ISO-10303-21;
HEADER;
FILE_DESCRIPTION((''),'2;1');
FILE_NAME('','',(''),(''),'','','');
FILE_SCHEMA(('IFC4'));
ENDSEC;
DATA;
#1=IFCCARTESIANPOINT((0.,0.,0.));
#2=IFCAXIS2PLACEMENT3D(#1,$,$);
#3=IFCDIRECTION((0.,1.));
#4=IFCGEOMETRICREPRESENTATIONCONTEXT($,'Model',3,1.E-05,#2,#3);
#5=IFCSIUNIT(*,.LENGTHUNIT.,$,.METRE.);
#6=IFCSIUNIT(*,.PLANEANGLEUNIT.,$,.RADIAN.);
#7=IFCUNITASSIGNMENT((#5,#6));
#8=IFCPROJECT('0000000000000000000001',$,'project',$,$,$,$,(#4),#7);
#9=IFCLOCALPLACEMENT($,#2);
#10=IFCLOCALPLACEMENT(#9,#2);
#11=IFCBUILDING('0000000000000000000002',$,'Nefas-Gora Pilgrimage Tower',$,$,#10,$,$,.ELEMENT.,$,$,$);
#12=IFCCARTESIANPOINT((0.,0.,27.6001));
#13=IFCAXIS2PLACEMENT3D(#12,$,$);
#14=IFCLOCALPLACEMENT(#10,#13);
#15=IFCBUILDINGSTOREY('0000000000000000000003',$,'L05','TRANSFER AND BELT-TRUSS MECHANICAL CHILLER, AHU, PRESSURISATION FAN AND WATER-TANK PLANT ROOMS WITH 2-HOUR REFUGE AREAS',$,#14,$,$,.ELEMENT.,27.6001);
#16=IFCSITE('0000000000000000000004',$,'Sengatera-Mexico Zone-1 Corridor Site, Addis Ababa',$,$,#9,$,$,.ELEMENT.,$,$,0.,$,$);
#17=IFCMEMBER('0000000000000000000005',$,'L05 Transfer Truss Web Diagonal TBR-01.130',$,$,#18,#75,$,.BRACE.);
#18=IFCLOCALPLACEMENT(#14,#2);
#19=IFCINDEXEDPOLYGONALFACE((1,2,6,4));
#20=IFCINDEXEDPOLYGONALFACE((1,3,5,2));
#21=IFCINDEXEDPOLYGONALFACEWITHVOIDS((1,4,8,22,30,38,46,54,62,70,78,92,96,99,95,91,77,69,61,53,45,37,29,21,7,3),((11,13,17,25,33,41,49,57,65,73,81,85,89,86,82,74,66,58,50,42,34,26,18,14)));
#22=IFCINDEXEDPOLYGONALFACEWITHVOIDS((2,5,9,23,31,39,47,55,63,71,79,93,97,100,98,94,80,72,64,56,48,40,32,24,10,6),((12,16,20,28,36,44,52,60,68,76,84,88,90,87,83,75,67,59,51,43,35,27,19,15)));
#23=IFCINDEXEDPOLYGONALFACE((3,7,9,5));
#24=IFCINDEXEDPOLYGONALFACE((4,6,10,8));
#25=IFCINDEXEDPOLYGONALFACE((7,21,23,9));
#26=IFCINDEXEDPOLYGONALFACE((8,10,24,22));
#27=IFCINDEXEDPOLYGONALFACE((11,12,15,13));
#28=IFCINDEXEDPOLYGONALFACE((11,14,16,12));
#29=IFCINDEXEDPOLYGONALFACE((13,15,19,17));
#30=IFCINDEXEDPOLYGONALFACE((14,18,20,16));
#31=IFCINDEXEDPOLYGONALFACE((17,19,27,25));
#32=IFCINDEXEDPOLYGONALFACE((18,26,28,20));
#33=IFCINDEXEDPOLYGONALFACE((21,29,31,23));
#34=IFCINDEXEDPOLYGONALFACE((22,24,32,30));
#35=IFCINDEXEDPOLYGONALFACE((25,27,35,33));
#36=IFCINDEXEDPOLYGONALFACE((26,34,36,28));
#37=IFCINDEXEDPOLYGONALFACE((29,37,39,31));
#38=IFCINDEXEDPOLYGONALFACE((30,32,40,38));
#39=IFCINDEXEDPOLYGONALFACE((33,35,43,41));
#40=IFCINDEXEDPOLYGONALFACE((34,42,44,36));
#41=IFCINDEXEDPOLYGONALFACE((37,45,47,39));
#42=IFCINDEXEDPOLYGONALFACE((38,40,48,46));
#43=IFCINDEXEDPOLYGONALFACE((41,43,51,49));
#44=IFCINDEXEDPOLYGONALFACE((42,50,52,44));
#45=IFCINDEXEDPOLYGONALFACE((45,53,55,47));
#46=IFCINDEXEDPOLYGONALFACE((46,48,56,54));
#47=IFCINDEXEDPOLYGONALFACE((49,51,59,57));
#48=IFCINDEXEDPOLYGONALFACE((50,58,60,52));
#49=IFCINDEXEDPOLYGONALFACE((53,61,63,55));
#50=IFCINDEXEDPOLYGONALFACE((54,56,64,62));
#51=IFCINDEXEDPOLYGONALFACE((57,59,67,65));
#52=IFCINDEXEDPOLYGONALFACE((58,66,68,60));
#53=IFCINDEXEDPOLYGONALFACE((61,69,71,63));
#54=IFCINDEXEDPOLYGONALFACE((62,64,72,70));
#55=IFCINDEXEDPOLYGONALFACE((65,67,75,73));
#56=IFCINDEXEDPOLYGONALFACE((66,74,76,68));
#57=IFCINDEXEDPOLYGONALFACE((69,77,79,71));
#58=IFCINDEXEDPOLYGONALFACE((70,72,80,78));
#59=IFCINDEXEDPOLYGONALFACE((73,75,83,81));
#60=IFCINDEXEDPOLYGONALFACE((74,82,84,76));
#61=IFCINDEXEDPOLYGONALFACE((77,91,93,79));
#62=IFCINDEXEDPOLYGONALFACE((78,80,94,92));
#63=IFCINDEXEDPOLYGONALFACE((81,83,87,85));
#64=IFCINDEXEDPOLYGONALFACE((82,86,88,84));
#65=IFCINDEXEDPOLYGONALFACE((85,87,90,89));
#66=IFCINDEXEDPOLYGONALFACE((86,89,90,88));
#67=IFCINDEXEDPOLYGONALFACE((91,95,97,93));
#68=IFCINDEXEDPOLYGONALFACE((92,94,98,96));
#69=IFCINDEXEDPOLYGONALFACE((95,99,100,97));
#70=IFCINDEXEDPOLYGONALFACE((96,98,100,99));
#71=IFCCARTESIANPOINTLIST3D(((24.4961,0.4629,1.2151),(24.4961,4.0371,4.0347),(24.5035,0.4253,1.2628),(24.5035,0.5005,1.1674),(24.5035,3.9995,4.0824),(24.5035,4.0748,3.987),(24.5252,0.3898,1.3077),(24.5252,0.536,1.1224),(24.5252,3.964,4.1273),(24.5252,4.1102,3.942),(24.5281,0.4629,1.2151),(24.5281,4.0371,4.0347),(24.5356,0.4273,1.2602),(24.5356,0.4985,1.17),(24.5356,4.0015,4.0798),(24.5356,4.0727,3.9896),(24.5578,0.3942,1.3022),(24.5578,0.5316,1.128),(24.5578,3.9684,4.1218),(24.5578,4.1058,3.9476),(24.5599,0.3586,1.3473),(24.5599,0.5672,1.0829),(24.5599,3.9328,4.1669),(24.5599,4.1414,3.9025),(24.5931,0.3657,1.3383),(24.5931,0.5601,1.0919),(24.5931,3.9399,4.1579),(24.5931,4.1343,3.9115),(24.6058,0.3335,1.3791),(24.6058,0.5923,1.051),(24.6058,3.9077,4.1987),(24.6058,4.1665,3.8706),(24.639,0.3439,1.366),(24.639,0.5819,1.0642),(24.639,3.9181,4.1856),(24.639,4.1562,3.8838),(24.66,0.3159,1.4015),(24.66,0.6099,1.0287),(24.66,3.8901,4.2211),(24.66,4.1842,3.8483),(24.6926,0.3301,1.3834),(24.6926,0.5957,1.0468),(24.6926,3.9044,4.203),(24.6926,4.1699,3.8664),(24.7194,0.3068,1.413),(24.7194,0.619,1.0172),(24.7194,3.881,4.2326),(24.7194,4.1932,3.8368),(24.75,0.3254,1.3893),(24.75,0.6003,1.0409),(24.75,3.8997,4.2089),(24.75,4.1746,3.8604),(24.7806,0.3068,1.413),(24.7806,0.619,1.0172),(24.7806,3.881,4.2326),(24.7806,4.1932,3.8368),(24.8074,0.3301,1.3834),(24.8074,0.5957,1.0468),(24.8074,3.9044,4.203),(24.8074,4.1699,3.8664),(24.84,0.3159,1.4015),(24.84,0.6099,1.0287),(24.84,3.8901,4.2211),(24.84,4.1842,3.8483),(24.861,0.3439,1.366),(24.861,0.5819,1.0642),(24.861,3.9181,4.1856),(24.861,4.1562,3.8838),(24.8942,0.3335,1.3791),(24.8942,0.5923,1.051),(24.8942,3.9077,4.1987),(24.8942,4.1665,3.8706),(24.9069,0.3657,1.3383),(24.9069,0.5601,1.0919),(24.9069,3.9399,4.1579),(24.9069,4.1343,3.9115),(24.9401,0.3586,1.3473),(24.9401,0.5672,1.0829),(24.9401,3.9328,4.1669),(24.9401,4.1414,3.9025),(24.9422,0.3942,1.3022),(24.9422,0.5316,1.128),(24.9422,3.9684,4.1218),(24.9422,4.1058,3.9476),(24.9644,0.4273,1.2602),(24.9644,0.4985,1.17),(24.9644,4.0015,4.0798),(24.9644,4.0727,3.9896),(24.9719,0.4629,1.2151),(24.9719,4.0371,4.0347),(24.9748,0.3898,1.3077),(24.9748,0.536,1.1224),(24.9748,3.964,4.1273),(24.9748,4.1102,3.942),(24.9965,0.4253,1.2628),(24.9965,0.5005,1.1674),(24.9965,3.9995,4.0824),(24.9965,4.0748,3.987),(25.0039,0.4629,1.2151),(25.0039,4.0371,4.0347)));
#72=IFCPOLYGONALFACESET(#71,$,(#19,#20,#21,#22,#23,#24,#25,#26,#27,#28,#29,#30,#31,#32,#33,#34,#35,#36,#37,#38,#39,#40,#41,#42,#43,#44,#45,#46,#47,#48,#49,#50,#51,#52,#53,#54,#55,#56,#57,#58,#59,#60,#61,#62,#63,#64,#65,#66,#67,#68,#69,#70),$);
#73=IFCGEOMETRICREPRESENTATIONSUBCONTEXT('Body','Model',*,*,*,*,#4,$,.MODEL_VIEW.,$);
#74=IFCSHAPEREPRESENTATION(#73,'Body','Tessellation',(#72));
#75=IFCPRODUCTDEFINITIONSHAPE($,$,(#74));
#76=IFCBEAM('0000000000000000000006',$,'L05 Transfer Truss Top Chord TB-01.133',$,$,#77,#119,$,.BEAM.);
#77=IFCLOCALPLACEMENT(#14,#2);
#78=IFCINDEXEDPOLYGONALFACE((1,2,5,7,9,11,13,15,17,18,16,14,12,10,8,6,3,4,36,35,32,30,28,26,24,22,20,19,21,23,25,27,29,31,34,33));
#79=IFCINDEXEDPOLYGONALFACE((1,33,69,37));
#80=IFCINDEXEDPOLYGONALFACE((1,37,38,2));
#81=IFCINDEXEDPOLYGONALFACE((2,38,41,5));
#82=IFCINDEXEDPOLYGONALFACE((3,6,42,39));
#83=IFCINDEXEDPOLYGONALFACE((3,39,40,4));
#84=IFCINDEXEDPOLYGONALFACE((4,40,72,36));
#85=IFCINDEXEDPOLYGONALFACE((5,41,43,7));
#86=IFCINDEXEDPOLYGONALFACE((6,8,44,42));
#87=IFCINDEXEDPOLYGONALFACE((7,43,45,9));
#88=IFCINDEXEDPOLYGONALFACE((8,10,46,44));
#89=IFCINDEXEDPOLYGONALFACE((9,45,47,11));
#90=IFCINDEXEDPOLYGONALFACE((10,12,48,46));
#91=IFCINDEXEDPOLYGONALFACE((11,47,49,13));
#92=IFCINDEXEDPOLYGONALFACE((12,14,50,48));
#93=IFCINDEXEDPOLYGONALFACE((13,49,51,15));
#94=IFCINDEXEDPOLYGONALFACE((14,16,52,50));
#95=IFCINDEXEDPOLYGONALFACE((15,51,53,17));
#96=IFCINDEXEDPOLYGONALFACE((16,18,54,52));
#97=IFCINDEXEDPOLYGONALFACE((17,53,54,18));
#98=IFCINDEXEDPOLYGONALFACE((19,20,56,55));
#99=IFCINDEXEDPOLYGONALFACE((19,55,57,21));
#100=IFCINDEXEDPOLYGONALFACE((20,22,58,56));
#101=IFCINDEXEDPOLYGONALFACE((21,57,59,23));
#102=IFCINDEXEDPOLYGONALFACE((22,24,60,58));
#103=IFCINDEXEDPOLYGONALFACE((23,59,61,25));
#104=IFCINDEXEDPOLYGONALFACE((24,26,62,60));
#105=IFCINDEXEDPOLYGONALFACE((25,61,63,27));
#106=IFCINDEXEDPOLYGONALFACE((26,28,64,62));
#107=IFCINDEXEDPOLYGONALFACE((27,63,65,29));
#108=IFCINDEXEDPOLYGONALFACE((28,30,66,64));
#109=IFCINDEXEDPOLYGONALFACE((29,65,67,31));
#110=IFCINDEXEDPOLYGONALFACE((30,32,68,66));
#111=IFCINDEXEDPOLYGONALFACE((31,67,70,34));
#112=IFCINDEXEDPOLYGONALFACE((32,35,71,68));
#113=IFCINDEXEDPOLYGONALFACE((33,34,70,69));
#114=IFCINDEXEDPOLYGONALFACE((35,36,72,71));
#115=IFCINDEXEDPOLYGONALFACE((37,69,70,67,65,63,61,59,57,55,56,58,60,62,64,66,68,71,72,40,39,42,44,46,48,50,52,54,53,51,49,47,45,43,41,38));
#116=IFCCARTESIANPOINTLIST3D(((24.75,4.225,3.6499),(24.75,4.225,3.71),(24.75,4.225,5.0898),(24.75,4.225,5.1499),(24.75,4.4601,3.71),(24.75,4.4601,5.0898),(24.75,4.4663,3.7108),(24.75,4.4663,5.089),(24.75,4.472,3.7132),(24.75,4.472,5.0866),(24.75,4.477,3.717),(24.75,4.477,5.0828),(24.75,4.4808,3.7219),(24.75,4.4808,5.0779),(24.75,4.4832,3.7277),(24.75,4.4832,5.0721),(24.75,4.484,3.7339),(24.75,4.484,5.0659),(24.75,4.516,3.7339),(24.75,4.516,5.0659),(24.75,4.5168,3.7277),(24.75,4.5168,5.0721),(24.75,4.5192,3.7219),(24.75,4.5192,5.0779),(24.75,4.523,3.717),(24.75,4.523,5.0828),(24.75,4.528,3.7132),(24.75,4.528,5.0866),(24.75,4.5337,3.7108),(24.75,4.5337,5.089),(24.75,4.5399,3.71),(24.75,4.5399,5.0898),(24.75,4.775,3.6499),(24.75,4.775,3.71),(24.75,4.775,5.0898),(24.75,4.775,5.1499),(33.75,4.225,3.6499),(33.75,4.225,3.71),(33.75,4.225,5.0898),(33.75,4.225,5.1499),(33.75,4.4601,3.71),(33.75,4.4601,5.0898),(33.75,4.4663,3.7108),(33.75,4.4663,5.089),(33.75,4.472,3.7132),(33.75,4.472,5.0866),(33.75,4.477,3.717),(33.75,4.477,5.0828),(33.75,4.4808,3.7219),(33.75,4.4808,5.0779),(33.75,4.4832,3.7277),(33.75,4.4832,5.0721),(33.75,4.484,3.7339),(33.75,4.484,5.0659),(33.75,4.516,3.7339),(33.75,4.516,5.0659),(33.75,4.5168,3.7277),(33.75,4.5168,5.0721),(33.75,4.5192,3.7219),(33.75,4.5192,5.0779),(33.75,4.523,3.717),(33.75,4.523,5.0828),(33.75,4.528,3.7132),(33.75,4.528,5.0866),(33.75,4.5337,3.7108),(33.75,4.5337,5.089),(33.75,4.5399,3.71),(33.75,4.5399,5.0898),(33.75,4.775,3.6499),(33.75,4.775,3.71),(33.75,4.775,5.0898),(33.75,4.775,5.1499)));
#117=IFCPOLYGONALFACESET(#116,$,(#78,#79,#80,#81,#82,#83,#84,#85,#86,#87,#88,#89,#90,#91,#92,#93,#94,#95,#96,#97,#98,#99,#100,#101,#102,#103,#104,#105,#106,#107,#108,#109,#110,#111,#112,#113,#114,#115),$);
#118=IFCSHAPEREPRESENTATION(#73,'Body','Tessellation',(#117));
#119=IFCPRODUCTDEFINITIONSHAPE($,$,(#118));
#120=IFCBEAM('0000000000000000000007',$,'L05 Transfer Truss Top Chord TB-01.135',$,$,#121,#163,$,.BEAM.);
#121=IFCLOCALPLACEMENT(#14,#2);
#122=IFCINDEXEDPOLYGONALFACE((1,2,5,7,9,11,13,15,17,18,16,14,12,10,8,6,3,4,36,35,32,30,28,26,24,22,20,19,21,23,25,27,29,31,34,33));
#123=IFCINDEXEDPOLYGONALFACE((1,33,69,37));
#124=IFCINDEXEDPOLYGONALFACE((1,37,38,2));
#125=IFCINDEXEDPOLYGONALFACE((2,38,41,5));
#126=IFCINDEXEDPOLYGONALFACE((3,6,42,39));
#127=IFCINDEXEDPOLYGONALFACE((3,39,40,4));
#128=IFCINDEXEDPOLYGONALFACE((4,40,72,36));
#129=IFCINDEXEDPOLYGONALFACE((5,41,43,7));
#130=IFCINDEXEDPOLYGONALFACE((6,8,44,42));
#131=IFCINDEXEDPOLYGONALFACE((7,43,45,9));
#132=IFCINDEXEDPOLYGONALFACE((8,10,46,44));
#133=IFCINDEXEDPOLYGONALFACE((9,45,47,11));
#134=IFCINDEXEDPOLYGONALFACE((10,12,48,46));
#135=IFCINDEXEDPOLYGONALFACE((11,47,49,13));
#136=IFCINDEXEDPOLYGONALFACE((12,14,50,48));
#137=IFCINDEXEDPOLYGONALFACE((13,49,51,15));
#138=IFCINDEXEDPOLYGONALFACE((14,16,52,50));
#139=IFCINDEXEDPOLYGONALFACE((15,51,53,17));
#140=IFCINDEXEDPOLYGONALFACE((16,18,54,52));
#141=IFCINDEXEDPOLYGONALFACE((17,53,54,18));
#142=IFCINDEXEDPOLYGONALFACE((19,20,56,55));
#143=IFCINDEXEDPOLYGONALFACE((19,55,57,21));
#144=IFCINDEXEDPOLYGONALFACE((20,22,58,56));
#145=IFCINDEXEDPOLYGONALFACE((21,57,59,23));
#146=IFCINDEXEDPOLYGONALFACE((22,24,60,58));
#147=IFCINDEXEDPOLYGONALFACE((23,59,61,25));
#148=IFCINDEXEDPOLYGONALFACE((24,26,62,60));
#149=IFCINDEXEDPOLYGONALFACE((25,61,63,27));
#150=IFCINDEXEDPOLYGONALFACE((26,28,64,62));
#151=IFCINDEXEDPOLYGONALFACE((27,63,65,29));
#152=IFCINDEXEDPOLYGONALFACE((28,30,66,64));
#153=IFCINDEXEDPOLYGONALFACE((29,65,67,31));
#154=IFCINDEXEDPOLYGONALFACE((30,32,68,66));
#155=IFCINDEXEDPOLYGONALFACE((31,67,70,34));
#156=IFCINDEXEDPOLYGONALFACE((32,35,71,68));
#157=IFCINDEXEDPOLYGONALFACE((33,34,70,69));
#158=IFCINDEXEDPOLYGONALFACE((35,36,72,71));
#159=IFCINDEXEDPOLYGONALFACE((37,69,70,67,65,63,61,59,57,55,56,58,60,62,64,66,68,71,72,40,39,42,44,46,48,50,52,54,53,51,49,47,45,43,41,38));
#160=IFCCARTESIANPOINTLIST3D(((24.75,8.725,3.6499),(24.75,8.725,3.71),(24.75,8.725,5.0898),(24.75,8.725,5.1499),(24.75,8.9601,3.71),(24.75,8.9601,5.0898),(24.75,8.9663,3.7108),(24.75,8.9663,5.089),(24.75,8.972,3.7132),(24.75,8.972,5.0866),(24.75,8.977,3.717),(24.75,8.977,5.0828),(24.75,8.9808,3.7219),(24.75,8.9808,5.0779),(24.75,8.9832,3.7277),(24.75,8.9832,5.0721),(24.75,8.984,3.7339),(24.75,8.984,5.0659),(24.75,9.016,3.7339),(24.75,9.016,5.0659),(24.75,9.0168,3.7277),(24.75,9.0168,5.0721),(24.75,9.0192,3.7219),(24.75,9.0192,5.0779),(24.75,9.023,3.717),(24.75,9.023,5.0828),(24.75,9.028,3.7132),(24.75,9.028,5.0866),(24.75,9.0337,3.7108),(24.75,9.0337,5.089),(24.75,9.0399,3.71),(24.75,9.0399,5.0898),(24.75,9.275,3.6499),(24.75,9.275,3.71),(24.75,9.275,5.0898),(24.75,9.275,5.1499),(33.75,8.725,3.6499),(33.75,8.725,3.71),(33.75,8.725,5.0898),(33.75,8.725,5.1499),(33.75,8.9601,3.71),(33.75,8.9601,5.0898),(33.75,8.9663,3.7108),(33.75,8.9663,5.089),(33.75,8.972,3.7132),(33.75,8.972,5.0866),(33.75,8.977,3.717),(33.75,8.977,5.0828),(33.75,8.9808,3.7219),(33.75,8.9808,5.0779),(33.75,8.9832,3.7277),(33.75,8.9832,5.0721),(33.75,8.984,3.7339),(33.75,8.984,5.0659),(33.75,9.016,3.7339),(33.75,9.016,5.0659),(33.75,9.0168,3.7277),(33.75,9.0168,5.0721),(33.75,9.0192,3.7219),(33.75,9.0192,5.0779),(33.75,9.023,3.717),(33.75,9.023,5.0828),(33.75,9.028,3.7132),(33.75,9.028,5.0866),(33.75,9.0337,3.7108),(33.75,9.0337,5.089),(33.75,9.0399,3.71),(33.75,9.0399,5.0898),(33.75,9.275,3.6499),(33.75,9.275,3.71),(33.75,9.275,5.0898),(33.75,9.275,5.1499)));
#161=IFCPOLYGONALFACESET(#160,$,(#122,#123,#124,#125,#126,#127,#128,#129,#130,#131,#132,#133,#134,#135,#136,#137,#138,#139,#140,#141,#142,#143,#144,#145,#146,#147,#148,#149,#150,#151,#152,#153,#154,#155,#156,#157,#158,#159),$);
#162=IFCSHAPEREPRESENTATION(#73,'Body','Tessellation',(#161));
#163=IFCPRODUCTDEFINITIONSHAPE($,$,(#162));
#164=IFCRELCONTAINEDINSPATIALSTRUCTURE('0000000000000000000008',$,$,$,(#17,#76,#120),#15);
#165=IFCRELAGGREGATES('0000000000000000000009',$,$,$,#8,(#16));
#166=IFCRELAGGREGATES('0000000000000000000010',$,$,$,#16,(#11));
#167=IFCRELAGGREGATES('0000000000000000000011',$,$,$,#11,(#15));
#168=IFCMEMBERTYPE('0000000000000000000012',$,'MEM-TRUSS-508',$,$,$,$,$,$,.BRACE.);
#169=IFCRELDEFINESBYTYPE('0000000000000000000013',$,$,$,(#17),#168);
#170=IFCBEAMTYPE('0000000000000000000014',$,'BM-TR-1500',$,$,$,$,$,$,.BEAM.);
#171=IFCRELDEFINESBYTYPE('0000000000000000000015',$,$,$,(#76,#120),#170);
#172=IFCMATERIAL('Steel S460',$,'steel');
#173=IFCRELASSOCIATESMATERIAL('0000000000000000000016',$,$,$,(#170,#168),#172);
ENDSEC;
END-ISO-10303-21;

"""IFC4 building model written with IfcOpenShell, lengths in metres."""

from ifc_helpers import new_model, si_unit, direction, frame, origin, origin_2d, place, context, subcontext, project, spatial, hollow_circle, i_section, extrude, source, transform, mapped, material, material_profile, profile_set, type_object, element, save


model = new_model("IFC4")

# Units and contexts
model_context = context("Model", 3, precision=1e-05, world=origin(), true_north=direction((0.0, 1.0)))
body_context = subcontext(model_context, "Body", "Model", "MODEL_VIEW")
ifc_project = project(units=[si_unit("LENGTHUNIT", "METRE"), si_unit("PLANEANGLEUNIT", "RADIAN")], contexts=[model_context])

# Site, building, storey
site_placement = place(None, origin())
site = spatial("IfcSite", under=ifc_project, at=site_placement, Name="Sengatera-Mexico Zone-1 Corridor Site, Addis Ababa", CompositionType="ELEMENT", RefElevation=0.0)
building_placement = place(site_placement, origin())
building = spatial("IfcBuilding", under=site, at=building_placement, Name="Nefas-Gora Pilgrimage Tower", CompositionType="ELEMENT")
storey_placement = place(building_placement, frame((0.0, 0.0, 27.6001)))
storey = spatial("IfcBuildingStorey", under=building, at=storey_placement, Name="L05", Description="TRANSFER AND BELT-TRUSS MECHANICAL CHILLER, AHU, PRESSURISATION FAN AND WATER-TANK PLANT ROOMS WITH 2-HOUR REFUGE AREAS", CompositionType="ELEMENT", Elevation=27.6001)

# Shared definitions
ifc_material = material(Name="Steel S460", Category="steel")

# Shared definitions
ifc_material_profile_1 = material_profile(ifc_material, i_section(OverallWidth=0.55, OverallDepth=1.5, WebThickness=0.032, FlangeThickness=0.0601, FilletRadius=0.0239, at=origin_2d()), Name="WPG 1500x550x32x60")
ifc_profile_set_1 = profile_set([ifc_material_profile_1], Name="Steel S460")
beam_type_1 = type_object("IfcBeamType", Name="BM-TR-1500", PredefinedType="BEAM", material=ifc_profile_set_1)

# Member
ifc_material_profile_2 = material_profile(ifc_material, hollow_circle(Radius=0.2539, WallThickness=0.032, at=origin_2d()), Name="CHS 508x32")
ifc_profile_set_2 = profile_set([ifc_material_profile_2], Name="Steel S460")
member_type = type_object("IfcMemberType", Name="MEM-TRUSS-508", PredefinedType="BRACE", material=ifc_profile_set_2)
shared_shape_1 = source(origin(), body_context, "Body", "SweptSolid", [
    extrude(hollow_circle(Radius=0.2539, WallThickness=0.032, at=origin_2d()), origin(), (0.0, 0.0, 1.0), 4.5525),
])
member_1_placement = place(storey_placement, frame((24.75, 0.4629, 1.2151), z_axis=(0.0, 0.785115, 0.61935), x_axis=(-1.0, 0.0, 0.0)))
element("IfcMember", 1, at=member_1_placement, inside=storey, type_object=member_type, Name="L05 Transfer Truss Web Diagonal TBR-01.130", PredefinedType="BRACE", context=body_context, shape_type="MappedRepresentation", body=[
    mapped(shared_shape_1, transform((0.0, 0.0, 0.0), x_axis=(1.0, 0.0, 0.0), y_axis=(0.0, 1.0, 0.0), z_axis=(0.0, 0.0, 1.0), scale=1.0)),
])

# Beams
shared_shape_2 = source(origin(), body_context, "Body", "SweptSolid", [
    extrude(i_section(OverallWidth=0.55, OverallDepth=1.5, WebThickness=0.032, FlangeThickness=0.0601, FilletRadius=0.0239, at=origin_2d()), origin(), (0.0, 0.0, 1.0), 9.0),
])
for number, where, z_axis, x_axis, name in (
    (2, (24.75, 4.5, 4.3999), (1.0, 0.0, 0.0), (0.0, 1.0, 0.0), "L05 Transfer Truss Top Chord TB-01.133"),
    (3, (24.75, 9.0, 4.3999), (1.0, 0.0, 0.0), (0.0, 1.0, 0.0), "L05 Transfer Truss Top Chord TB-01.135"),
):
    element("IfcBeam", number, at=place(storey_placement, frame(where, z_axis=z_axis, x_axis=x_axis)), inside=storey, type_object=beam_type_1, Name=name, PredefinedType="BEAM", context=body_context, shape_type="MappedRepresentation", body=[
        mapped(shared_shape_2, transform((0.0, 0.0, 0.0), x_axis=(1.0, 0.0, 0.0), y_axis=(0.0, 1.0, 0.0), z_axis=(0.0, 0.0, 1.0), scale=1.0)),
    ])

save(model, "model.ifc")
